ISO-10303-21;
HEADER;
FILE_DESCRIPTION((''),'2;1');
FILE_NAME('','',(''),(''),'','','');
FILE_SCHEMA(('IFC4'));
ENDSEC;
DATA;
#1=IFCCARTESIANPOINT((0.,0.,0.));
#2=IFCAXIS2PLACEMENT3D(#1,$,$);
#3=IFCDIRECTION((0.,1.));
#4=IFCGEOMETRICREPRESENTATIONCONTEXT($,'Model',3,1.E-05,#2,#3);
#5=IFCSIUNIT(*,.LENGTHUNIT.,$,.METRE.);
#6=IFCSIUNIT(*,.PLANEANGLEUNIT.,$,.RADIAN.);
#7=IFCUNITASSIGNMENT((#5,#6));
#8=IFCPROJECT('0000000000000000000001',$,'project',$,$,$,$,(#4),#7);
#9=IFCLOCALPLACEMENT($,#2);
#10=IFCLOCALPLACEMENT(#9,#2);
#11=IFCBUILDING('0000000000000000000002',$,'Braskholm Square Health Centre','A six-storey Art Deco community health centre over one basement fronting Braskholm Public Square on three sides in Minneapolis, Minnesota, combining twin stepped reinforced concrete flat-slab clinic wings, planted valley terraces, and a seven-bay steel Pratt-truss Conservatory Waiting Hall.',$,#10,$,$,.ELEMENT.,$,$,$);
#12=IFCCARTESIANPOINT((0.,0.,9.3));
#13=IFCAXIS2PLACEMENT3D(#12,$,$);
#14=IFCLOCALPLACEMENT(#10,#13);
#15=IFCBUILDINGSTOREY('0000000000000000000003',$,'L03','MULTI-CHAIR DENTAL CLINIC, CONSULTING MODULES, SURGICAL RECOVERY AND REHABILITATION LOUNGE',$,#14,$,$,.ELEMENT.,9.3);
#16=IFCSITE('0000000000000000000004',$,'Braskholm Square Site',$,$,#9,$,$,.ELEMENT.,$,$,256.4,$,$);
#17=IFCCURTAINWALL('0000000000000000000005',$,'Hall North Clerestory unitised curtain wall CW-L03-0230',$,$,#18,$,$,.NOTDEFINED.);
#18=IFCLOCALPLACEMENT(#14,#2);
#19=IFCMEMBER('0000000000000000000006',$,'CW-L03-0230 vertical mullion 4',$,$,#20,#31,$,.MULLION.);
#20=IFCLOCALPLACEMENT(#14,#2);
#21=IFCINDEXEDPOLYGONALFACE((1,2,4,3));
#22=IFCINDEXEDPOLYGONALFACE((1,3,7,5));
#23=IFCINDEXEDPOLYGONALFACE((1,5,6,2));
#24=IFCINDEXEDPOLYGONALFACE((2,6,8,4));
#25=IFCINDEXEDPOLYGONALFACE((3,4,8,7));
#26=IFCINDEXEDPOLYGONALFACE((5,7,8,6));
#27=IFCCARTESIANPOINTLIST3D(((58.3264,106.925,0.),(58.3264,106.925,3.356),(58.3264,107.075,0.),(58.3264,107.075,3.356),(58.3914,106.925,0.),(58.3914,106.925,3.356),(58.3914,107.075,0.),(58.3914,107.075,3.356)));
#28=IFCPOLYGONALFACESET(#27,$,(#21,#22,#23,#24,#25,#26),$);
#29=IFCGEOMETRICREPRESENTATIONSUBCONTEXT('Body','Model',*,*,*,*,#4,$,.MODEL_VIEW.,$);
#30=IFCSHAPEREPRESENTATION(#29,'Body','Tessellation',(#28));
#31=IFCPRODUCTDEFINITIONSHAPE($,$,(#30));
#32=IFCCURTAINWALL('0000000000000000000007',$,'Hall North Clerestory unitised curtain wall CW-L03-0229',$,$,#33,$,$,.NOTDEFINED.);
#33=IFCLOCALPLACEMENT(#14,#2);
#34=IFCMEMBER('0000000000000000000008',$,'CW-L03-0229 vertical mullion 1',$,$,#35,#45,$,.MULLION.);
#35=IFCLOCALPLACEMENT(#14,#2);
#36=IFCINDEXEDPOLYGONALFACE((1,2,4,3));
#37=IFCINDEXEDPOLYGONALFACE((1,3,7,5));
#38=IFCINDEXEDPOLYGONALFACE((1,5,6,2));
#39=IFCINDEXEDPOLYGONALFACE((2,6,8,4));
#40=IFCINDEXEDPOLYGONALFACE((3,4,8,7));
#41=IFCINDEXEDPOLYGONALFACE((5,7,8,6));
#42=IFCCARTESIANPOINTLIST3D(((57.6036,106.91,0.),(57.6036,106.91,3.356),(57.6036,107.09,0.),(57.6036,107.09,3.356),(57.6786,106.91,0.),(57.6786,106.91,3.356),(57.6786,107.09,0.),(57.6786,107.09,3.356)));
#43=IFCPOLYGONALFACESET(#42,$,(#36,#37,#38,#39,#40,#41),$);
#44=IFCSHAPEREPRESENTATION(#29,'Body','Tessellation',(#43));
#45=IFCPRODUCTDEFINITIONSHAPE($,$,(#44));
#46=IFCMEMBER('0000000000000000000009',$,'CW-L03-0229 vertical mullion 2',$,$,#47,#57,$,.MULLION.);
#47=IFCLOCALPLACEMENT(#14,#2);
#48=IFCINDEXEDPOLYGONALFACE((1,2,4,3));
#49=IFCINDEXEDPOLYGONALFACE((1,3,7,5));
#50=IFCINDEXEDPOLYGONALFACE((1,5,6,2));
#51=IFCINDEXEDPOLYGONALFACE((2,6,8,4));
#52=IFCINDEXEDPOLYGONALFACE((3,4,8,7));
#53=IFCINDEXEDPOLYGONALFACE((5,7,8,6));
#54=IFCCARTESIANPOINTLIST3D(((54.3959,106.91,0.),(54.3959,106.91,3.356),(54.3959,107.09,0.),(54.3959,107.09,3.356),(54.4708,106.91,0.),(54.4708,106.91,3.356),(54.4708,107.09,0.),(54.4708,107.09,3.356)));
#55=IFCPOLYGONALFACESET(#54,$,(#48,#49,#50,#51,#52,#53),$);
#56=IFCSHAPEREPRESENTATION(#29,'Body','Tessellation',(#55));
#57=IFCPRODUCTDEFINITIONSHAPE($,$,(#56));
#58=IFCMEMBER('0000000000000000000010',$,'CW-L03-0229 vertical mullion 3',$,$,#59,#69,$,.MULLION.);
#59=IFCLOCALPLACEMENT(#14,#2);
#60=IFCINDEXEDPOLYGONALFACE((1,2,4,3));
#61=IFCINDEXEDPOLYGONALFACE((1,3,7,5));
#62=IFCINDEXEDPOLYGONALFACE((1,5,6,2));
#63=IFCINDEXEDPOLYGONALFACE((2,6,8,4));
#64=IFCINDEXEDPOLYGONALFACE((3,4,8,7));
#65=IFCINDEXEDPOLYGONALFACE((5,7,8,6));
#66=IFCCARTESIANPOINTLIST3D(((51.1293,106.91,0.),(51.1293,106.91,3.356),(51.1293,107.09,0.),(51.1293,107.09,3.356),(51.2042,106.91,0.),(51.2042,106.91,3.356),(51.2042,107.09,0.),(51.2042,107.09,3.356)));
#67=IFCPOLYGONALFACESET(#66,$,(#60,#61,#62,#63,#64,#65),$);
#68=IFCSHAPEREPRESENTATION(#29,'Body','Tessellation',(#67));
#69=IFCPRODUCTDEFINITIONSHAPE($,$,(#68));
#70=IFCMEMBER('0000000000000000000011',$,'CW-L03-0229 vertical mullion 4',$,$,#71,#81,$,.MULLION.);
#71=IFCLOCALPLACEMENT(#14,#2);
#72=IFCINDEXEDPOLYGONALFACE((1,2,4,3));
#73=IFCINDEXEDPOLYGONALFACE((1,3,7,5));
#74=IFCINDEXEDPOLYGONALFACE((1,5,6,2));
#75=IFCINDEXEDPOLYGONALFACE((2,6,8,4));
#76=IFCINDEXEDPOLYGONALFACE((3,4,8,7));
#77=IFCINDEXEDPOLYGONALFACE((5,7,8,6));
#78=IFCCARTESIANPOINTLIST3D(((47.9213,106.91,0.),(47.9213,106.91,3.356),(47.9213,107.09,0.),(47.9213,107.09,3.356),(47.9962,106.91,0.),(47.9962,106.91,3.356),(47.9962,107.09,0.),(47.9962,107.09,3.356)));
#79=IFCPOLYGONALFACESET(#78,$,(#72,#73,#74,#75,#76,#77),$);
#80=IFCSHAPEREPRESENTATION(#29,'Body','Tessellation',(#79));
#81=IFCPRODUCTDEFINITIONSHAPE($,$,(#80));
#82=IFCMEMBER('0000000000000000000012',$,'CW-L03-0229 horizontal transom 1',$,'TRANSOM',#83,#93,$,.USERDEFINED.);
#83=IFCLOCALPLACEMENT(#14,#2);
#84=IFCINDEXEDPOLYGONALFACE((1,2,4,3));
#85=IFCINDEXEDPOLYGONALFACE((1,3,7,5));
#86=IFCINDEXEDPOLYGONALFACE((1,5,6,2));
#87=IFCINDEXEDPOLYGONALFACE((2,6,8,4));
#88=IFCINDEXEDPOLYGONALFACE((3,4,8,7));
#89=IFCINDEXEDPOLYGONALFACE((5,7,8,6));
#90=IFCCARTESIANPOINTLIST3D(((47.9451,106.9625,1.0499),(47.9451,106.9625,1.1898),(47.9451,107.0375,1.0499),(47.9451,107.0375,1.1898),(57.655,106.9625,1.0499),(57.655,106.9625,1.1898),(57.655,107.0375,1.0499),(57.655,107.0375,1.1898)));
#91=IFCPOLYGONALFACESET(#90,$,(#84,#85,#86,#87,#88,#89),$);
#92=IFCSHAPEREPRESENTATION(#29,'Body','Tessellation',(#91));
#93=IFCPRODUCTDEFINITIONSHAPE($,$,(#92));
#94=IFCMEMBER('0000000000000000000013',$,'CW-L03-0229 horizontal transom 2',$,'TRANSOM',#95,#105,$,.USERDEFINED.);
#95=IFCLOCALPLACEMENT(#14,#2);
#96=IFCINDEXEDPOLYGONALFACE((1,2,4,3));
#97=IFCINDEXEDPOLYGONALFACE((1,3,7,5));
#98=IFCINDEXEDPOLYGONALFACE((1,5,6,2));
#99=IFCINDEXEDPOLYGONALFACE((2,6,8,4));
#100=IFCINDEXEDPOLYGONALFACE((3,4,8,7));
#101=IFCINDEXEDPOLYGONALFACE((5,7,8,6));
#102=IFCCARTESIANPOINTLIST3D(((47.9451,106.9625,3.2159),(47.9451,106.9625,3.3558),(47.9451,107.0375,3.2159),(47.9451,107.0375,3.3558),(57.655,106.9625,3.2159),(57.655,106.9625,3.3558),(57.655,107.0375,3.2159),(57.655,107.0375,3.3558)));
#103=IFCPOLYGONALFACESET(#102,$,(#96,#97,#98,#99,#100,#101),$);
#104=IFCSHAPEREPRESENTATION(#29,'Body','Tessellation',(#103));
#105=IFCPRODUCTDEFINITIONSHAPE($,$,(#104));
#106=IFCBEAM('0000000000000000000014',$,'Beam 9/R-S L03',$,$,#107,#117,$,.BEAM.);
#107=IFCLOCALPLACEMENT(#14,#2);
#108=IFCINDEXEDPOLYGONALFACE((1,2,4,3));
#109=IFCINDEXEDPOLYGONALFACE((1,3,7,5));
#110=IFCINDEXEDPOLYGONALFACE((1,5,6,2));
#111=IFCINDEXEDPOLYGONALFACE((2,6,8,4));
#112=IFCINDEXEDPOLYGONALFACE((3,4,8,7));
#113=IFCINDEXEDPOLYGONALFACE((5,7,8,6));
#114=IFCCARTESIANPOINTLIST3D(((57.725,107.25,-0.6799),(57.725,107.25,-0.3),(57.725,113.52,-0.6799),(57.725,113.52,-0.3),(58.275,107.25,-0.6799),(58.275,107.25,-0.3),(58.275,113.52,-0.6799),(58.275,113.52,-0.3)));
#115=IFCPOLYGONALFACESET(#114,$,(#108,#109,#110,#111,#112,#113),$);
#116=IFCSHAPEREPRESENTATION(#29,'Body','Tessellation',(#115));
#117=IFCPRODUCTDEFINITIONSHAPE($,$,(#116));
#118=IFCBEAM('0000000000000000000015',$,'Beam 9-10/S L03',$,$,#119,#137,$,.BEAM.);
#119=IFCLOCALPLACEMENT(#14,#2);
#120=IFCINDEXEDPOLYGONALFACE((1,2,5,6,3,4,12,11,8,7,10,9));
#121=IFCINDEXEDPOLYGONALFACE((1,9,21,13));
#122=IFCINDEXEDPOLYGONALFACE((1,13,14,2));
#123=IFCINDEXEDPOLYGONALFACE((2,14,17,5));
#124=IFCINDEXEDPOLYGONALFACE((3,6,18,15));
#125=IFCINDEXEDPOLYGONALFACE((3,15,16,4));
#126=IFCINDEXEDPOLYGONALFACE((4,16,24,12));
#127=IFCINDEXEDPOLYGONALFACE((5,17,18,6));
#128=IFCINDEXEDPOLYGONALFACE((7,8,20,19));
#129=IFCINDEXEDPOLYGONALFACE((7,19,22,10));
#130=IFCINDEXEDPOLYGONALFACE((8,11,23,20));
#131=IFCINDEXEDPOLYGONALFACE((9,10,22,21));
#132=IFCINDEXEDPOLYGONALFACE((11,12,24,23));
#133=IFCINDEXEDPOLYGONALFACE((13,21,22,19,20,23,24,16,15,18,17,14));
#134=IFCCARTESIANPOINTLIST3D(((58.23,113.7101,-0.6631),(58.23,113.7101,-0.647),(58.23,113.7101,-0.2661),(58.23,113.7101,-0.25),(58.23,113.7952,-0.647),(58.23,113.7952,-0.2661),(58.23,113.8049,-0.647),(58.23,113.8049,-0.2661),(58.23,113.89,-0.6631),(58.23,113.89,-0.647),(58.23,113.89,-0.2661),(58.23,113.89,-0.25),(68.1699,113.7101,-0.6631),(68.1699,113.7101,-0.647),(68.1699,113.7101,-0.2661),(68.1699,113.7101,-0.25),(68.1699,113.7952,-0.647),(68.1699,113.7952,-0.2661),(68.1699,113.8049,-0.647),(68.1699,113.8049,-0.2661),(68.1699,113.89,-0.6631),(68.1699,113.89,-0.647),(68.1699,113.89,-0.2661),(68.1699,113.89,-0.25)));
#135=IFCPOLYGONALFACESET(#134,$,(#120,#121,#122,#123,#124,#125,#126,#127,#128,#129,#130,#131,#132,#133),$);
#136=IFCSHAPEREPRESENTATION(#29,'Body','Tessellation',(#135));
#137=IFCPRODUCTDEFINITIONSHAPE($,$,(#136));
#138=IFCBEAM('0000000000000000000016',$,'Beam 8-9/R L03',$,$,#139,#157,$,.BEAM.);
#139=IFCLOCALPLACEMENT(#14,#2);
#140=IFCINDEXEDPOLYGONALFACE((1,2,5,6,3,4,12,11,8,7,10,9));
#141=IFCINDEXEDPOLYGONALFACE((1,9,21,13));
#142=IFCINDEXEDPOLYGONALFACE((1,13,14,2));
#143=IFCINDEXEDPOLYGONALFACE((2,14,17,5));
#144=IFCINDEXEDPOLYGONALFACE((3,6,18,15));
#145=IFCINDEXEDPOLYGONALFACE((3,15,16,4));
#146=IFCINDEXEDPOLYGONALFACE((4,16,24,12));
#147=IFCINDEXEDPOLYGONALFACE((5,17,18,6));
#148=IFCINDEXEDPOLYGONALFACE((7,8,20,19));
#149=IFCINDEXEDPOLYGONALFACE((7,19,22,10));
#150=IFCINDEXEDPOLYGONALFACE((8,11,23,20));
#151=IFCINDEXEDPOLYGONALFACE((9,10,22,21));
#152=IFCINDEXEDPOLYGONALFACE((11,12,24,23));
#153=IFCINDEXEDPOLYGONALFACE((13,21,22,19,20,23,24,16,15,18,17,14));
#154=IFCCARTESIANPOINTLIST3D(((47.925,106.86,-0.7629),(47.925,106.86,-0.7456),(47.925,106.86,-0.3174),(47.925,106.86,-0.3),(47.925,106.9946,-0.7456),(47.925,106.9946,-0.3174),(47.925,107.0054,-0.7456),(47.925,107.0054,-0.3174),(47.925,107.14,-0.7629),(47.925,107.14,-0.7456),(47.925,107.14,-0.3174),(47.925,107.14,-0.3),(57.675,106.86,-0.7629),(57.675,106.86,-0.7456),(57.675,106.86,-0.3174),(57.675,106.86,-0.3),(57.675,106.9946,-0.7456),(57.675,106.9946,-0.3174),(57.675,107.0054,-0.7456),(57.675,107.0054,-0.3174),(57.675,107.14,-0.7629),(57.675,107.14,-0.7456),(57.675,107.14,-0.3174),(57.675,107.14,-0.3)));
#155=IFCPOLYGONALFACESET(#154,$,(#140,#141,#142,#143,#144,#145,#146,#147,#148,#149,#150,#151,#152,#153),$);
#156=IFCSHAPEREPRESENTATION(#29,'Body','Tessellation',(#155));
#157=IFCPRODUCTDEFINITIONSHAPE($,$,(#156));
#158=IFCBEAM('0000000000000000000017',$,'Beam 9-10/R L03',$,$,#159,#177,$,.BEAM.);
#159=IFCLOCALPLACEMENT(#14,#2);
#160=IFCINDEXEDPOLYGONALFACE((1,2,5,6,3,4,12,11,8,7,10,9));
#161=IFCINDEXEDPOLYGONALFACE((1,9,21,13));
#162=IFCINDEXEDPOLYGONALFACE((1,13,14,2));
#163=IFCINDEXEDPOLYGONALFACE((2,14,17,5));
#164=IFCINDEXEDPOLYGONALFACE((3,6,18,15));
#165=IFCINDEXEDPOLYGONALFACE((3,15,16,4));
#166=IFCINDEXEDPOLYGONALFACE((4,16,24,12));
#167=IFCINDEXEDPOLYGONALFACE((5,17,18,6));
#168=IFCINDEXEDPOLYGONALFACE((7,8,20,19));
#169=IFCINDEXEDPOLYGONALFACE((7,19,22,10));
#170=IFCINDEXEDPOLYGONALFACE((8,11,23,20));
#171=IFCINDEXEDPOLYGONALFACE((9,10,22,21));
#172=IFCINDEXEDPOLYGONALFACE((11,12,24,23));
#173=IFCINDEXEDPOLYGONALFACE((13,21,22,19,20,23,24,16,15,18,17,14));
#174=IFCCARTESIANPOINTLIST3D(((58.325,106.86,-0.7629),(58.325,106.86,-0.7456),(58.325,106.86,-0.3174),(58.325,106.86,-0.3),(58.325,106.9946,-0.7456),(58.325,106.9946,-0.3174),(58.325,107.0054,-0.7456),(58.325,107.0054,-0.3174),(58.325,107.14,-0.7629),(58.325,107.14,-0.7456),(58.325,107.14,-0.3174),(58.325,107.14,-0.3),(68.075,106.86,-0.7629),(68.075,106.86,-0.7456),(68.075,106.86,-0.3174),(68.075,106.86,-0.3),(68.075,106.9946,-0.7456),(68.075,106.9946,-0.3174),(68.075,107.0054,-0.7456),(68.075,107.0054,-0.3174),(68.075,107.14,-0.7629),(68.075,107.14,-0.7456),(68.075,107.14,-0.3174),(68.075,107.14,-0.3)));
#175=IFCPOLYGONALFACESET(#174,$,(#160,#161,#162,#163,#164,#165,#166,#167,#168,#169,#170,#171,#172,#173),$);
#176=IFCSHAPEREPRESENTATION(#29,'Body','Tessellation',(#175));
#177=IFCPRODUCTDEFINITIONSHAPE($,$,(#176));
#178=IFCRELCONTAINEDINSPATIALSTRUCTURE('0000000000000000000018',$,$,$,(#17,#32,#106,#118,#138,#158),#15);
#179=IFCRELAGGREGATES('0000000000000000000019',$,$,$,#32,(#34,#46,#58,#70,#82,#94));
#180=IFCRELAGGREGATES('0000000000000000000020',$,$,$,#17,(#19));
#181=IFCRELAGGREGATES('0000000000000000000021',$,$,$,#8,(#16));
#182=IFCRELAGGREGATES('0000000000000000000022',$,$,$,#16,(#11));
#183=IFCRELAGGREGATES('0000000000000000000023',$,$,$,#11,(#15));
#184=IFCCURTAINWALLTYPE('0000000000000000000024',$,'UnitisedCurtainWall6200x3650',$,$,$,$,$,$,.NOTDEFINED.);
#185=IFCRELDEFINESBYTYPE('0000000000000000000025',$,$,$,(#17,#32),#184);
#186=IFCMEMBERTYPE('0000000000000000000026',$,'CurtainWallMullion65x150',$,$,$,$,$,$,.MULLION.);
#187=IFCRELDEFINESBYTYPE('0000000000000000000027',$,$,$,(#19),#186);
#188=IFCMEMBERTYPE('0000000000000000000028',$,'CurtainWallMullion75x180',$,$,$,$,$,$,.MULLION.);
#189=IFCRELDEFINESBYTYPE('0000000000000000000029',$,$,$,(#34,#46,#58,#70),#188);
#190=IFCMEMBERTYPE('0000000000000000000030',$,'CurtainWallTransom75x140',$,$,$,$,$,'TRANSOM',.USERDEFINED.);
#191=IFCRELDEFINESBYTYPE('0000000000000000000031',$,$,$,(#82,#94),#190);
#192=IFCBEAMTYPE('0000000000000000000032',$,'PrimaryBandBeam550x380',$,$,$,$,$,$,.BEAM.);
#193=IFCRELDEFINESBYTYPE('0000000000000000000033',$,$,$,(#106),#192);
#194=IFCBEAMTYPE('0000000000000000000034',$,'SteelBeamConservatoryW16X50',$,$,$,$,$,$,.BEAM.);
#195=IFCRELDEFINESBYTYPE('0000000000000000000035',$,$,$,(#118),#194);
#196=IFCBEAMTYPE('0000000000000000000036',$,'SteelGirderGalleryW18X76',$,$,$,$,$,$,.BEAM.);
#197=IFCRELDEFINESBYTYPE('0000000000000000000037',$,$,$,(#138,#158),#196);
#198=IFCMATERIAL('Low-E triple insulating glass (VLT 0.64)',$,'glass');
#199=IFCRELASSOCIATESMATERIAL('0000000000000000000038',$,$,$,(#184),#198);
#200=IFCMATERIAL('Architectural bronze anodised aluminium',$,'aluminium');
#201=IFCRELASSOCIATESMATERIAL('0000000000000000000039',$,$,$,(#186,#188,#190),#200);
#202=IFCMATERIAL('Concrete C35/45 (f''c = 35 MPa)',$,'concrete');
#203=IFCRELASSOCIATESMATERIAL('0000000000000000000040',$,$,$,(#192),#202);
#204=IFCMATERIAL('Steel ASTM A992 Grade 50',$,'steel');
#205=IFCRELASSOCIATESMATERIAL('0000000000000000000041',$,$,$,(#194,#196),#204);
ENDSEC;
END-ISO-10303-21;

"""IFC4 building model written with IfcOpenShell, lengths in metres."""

from ifc_helpers import new_model, si_unit, direction, frame, origin, origin_2d, place, context, subcontext, project, spatial, rectangle, i_section, extrude, material, material_profile, profile_set, type_object, element, aggregate, save


model = new_model("IFC4")

# Units and contexts
model_context = context("Model", 3, precision=1e-05, world=origin(), true_north=direction((0.0, 1.0)))
body_context = subcontext(model_context, "Body", "Model", "MODEL_VIEW")
ifc_project = project(units=[si_unit("LENGTHUNIT", "METRE"), si_unit("PLANEANGLEUNIT", "RADIAN")], contexts=[model_context])

# Site, building, storey
site_placement = place(None, origin())
site = spatial("IfcSite", under=ifc_project, at=site_placement, Name="Braskholm Square Site", CompositionType="ELEMENT", RefElevation=256.4)
building_placement = place(site_placement, origin())
building = spatial("IfcBuilding", under=site, at=building_placement, Name="Braskholm Square Health Centre", Description="A six-storey Art Deco community health centre over one basement fronting Braskholm Public Square on three sides in Minneapolis, Minnesota, combining twin stepped reinforced concrete flat-slab clinic wings, planted valley terraces, and a seven-bay steel Pratt-truss Conservatory Waiting Hall.", CompositionType="ELEMENT")
storey_placement = place(building_placement, frame((0.0, 0.0, 9.3)))
storey = spatial("IfcBuildingStorey", under=building, at=storey_placement, Name="L03", Description="MULTI-CHAIR DENTAL CLINIC, CONSULTING MODULES, SURGICAL RECOVERY AND REHABILITATION LOUNGE", CompositionType="ELEMENT", Elevation=9.3)

# Curtain walls, members
ifc_material_1 = material(Name="Low-E triple insulating glass (VLT 0.64)", Category="glass")
curtain_wall_type = type_object("IfcCurtainWallType", Name="UnitisedCurtainWall6200x3650", PredefinedType="NOTDEFINED", material=ifc_material_1)
curtain_wall_1_placement = place(storey_placement, origin())
curtain_wall_1 = element("IfcCurtainWall", 1, at=curtain_wall_1_placement, inside=storey, type_object=curtain_wall_type, Name="Hall North Clerestory unitised curtain wall CW-L03-0230", PredefinedType="NOTDEFINED")
ifc_material_2 = material(Name="Architectural bronze anodised aluminium", Category="aluminium")
ifc_material_profile_1 = material_profile(ifc_material_2, rectangle(XDim=0.0649, YDim=0.1499, at=origin_2d()), Name="ALU-65X150")
ifc_profile_set_1 = profile_set([ifc_material_profile_1], Name="Architectural bronze anodised aluminium")
member_type_1 = type_object("IfcMemberType", Name="CurtainWallMullion65x150", PredefinedType="MULLION", material=ifc_profile_set_1)
member_1_placement = place(storey_placement, frame((58.3589, 107.0, 0.0), z_axis=(0.0, 0.0, 1.0), x_axis=(1.0, 0.0, 0.0)))
member_1 = element("IfcMember", 2, at=member_1_placement, type_object=member_type_1, Name="CW-L03-0230 vertical mullion 4", PredefinedType="MULLION", context=body_context, shape_type="SweptSolid", body=[
    extrude(rectangle(XDim=0.0649, YDim=0.1499, at=origin_2d()), origin(), (0.0, 0.0, 1.0), 3.356),
])
curtain_wall_2_placement = place(storey_placement, origin())
curtain_wall_2 = element("IfcCurtainWall", 3, at=curtain_wall_2_placement, inside=storey, type_object=curtain_wall_type, Name="Hall North Clerestory unitised curtain wall CW-L03-0229", PredefinedType="NOTDEFINED")
ifc_material_profile_2 = material_profile(ifc_material_2, rectangle(XDim=0.075, YDim=0.1799, at=origin_2d()), Name="ALU-75X180")
ifc_profile_set_2 = profile_set([ifc_material_profile_2], Name="Architectural bronze anodised aluminium")
member_type_2 = type_object("IfcMemberType", Name="CurtainWallMullion75x180", PredefinedType="MULLION", material=ifc_profile_set_2)
member_2_placement = place(storey_placement, frame((57.6411, 107.0, 0.0), z_axis=(0.0, 0.0, 1.0), x_axis=(1.0, 0.0, 0.0)))
member_2 = element("IfcMember", 4, at=member_2_placement, type_object=member_type_2, Name="CW-L03-0229 vertical mullion 1", PredefinedType="MULLION", context=body_context, shape_type="SweptSolid", body=[
    extrude(rectangle(XDim=0.075, YDim=0.1799, at=origin_2d()), origin(), (0.0, 0.0, 1.0), 3.356),
])
member_3_placement = place(storey_placement, frame((54.4333, 107.0, 0.0), z_axis=(0.0, 0.0, 1.0), x_axis=(1.0, 0.0, 0.0)))
member_3 = element("IfcMember", 5, at=member_3_placement, type_object=member_type_2, Name="CW-L03-0229 vertical mullion 2", PredefinedType="MULLION", context=body_context, shape_type="SweptSolid", body=[
    extrude(rectangle(XDim=0.075, YDim=0.1799, at=origin_2d()), origin(), (0.0, 0.0, 1.0), 3.356),
])
member_4_placement = place(storey_placement, frame((51.1667, 107.0, 0.0), z_axis=(0.0, 0.0, 1.0), x_axis=(1.0, 0.0, 0.0)))
member_4 = element("IfcMember", 6, at=member_4_placement, type_object=member_type_2, Name="CW-L03-0229 vertical mullion 3", PredefinedType="MULLION", context=body_context, shape_type="SweptSolid", body=[
    extrude(rectangle(XDim=0.075, YDim=0.1799, at=origin_2d()), origin(), (0.0, 0.0, 1.0), 3.356),
])
member_5_placement = place(storey_placement, frame((47.9587, 107.0, 0.0), z_axis=(0.0, 0.0, 1.0), x_axis=(1.0, 0.0, 0.0)))
member_5 = element("IfcMember", 7, at=member_5_placement, type_object=member_type_2, Name="CW-L03-0229 vertical mullion 4", PredefinedType="MULLION", context=body_context, shape_type="SweptSolid", body=[
    extrude(rectangle(XDim=0.075, YDim=0.1799, at=origin_2d()), origin(), (0.0, 0.0, 1.0), 3.356),
])
ifc_material_profile_3 = material_profile(ifc_material_2, rectangle(XDim=0.075, YDim=0.1399, at=origin_2d()), Name="ALU-75X140")
ifc_profile_set_3 = profile_set([ifc_material_profile_3], Name="Architectural bronze anodised aluminium")
member_type_3 = type_object("IfcMemberType", Name="CurtainWallTransom75x140", ElementType="TRANSOM", PredefinedType="USERDEFINED", material=ifc_profile_set_3)
member_6_placement = place(storey_placement, frame((57.655, 107.0, 1.1199), z_axis=(-1.0, 0.0, 0.0), x_axis=(0.0, -1.0, 0.0)))
member_6 = element("IfcMember", 8, at=member_6_placement, type_object=member_type_3, Name="CW-L03-0229 horizontal transom 1", ObjectType="TRANSOM", PredefinedType="USERDEFINED", context=body_context, shape_type="SweptSolid", body=[
    extrude(rectangle(XDim=0.075, YDim=0.1399, at=origin_2d()), origin(), (0.0, 0.0, 1.0), 9.71),
])
member_7_placement = place(storey_placement, frame((57.655, 107.0, 3.2859), z_axis=(-1.0, 0.0, 0.0), x_axis=(0.0, -1.0, 0.0)))
member_7 = element("IfcMember", 9, at=member_7_placement, type_object=member_type_3, Name="CW-L03-0229 horizontal transom 2", ObjectType="TRANSOM", PredefinedType="USERDEFINED", context=body_context, shape_type="SweptSolid", body=[
    extrude(rectangle(XDim=0.075, YDim=0.1399, at=origin_2d()), origin(), (0.0, 0.0, 1.0), 9.71),
])

# Beams
ifc_material_3 = material(Name="Concrete C35/45 (f'c = 35 MPa)", Category="concrete")
ifc_material_profile_4 = material_profile(ifc_material_3, rectangle(XDim=0.55, YDim=0.3799, at=origin_2d()), Name="RCB-550X380")
ifc_profile_set_4 = profile_set([ifc_material_profile_4], Name="Concrete C35/45 (f'c = 35 MPa)")
beam_type_1 = type_object("IfcBeamType", Name="PrimaryBandBeam550x380", PredefinedType="BEAM", material=ifc_profile_set_4)
beam_1_placement = place(storey_placement, frame((58.0, 107.25, -0.49), z_axis=(0.0, 1.0, 0.0), x_axis=(-1.0, 0.0, 0.0)))
element("IfcBeam", 10, at=beam_1_placement, inside=storey, type_object=beam_type_1, Name="Beam 9/R-S L03", PredefinedType="BEAM", context=body_context, shape_type="SweptSolid", body=[
    extrude(rectangle(XDim=0.55, YDim=0.3799, at=origin_2d()), origin(), (0.0, 0.0, 1.0), 6.27),
])
ifc_material_4 = material(Name="Steel ASTM A992 Grade 50", Category="steel")
ifc_material_profile_5 = material_profile(ifc_material_4, i_section(OverallWidth=0.1799, OverallDepth=0.4131, WebThickness=0.0098, FlangeThickness=0.0161, at=origin_2d()), Name="W16X50")
ifc_profile_set_5 = profile_set([ifc_material_profile_5], Name="Steel ASTM A992 Grade 50")
beam_type_2 = type_object("IfcBeamType", Name="SteelBeamConservatoryW16X50", PredefinedType="BEAM", material=ifc_profile_set_5)
beam_2_placement = place(storey_placement, frame((58.23, 113.8, -0.4565), z_axis=(1.0, 0.0, 0.0), x_axis=(0.0, 1.0, 0.0)))
element("IfcBeam", 11, at=beam_2_placement, inside=storey, type_object=beam_type_2, Name="Beam 9-10/S L03", PredefinedType="BEAM", context=body_context, shape_type="SweptSolid", body=[
    extrude(i_section(OverallWidth=0.1799, OverallDepth=0.4131, WebThickness=0.0098, FlangeThickness=0.0161, at=origin_2d()), origin(), (0.0, 0.0, 1.0), 9.9399),
])
ifc_material_profile_6 = material_profile(ifc_material_4, i_section(OverallWidth=0.28, OverallDepth=0.4629, WebThickness=0.0107, FlangeThickness=0.0173, at=origin_2d()), Name="W18X76")
ifc_profile_set_6 = profile_set([ifc_material_profile_6], Name="Steel ASTM A992 Grade 50")
beam_type_3 = type_object("IfcBeamType", Name="SteelGirderGalleryW18X76", PredefinedType="BEAM", material=ifc_profile_set_6)
for number, where, z_axis, x_axis, name in (
    (12, (47.925, 107.0, -0.5315), (1.0, 0.0, 0.0), (0.0, 1.0, 0.0), "Beam 8-9/R L03"),
    (13, (58.325, 107.0, -0.5315), (1.0, 0.0, 0.0), (0.0, 1.0, 0.0), "Beam 9-10/R L03"),
):
    element("IfcBeam", number, at=place(storey_placement, frame(where, z_axis=z_axis, x_axis=x_axis)), inside=storey, type_object=beam_type_3, Name=name, PredefinedType="BEAM", context=body_context, shape_type="SweptSolid", body=[
        extrude(i_section(OverallWidth=0.28, OverallDepth=0.4629, WebThickness=0.0107, FlangeThickness=0.0173, at=origin_2d()), origin(), (0.0, 0.0, 1.0), 9.75),
    ])

aggregate(curtain_wall_2, [member_2, member_3, member_4, member_5, member_6, member_7])
aggregate(curtain_wall_1, [member_1])

save(model, "model.ifc")
